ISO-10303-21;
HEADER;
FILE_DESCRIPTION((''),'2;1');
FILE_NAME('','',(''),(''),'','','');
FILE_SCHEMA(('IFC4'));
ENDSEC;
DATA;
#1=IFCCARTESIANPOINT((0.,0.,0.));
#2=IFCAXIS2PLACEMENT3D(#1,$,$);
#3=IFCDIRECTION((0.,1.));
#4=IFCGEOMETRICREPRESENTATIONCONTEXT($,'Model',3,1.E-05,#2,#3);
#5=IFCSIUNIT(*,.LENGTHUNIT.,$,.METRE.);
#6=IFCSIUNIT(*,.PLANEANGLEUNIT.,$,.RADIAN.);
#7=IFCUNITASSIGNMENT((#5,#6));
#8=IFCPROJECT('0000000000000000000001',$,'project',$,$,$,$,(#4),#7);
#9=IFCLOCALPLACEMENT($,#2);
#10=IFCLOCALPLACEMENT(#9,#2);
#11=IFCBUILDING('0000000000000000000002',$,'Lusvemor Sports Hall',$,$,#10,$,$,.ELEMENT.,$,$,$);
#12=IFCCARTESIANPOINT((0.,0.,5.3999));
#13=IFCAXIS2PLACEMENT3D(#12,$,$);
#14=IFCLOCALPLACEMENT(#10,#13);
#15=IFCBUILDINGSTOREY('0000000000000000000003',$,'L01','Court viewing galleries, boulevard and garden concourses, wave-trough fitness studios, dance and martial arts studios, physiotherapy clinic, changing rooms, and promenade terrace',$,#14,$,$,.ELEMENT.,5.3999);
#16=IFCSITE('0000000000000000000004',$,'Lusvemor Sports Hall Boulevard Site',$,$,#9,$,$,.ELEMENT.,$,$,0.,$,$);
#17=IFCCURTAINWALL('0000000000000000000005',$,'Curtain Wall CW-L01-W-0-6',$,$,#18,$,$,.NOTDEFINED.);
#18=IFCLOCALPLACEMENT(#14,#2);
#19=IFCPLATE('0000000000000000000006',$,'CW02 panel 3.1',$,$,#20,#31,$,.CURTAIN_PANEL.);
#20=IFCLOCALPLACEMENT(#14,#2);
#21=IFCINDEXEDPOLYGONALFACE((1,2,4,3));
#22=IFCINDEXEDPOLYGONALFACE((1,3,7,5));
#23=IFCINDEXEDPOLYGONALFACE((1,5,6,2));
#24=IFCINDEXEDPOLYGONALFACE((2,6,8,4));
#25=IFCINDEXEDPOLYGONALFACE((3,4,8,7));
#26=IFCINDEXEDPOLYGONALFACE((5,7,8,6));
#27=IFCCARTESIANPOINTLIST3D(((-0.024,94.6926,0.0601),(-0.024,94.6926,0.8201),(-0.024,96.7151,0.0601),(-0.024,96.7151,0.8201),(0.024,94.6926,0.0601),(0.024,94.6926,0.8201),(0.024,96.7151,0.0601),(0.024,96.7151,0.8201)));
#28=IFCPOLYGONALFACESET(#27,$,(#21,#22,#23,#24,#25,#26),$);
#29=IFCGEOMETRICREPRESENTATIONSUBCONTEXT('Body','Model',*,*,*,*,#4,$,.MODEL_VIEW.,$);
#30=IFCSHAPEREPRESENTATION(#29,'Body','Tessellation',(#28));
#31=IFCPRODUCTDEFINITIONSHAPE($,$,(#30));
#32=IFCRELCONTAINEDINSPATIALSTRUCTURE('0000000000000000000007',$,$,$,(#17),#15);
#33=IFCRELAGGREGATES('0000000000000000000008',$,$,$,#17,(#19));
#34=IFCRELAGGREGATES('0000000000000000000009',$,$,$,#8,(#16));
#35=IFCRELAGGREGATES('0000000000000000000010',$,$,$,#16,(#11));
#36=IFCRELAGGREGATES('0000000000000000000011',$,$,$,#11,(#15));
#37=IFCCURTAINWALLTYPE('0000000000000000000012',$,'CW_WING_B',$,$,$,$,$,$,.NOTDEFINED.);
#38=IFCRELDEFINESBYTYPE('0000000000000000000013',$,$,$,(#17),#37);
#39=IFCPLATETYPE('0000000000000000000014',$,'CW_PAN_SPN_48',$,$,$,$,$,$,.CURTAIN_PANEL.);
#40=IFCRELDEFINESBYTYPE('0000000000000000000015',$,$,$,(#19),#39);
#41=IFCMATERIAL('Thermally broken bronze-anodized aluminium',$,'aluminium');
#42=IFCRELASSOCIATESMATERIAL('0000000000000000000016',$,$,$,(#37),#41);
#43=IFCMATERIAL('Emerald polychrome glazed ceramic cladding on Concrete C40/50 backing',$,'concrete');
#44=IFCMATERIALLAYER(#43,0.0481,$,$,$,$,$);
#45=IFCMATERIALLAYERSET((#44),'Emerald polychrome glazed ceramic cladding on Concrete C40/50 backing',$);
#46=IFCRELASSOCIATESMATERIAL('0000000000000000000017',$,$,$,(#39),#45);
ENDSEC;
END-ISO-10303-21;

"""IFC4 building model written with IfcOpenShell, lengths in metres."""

from ifc_helpers import new_model, si_unit, direction, frame, origin, origin_2d, place, context, subcontext, project, spatial, rectangle, extrude, material, layer, layer_set, type_object, element, aggregate, save


model = new_model("IFC4")

# Units and contexts
model_context = context("Model", 3, precision=1e-05, world=origin(), true_north=direction((0.0, 1.0)))
body_context = subcontext(model_context, "Body", "Model", "MODEL_VIEW")
ifc_project = project(units=[si_unit("LENGTHUNIT", "METRE"), si_unit("PLANEANGLEUNIT", "RADIAN")], contexts=[model_context])

# Site, building, storey
site_placement = place(None, origin())
site = spatial("IfcSite", under=ifc_project, at=site_placement, Name="Lusvemor Sports Hall Boulevard Site", CompositionType="ELEMENT", RefElevation=0.0)
building_placement = place(site_placement, origin())
building = spatial("IfcBuilding", under=site, at=building_placement, Name="Lusvemor Sports Hall", CompositionType="ELEMENT")
storey_placement = place(building_placement, frame((0.0, 0.0, 5.3999)))
storey = spatial("IfcBuildingStorey", under=building, at=storey_placement, Name="L01", Description="Court viewing galleries, boulevard and garden concourses, wave-trough fitness studios, dance and martial arts studios, physiotherapy clinic, changing rooms, and promenade terrace", CompositionType="ELEMENT", Elevation=5.3999)

# Curtain wall
ifc_material_1 = material(Name="Thermally broken bronze-anodized aluminium", Category="aluminium")
curtain_wall_type = type_object("IfcCurtainWallType", Name="CW_WING_B", PredefinedType="NOTDEFINED", material=ifc_material_1)
curtain_wall_placement = place(storey_placement, origin())
curtain_wall = element("IfcCurtainWall", 1, at=curtain_wall_placement, inside=storey, type_object=curtain_wall_type, Name="Curtain Wall CW-L01-W-0-6", PredefinedType="NOTDEFINED")

# Plate
ifc_material_2 = material(Name="Emerald polychrome glazed ceramic cladding on Concrete C40/50 backing", Category="concrete")
ifc_layer_1 = layer(ifc_material_2, 0.0481)
ifc_layer_set_1 = layer_set([ifc_layer_1], Name="Emerald polychrome glazed ceramic cladding on Concrete C40/50 backing")
plate_type_1 = type_object("IfcPlateType", Name="CW_PAN_SPN_48", PredefinedType="CURTAIN_PANEL", material=ifc_layer_set_1)
plate_1_placement = place(storey_placement, frame((0.0, 95.7039, 0.0601), z_axis=(0.0, 0.0, 1.0), x_axis=(0.0, 1.0, 0.0)))
plate_1 = element("IfcPlate", 2, at=plate_1_placement, type_object=plate_type_1, Name="CW02 panel 3.1", PredefinedType="CURTAIN_PANEL", context=body_context, shape_type="SweptSolid", body=[
    extrude(rectangle(XDim=2.0225, YDim=0.0481, at=origin_2d()), origin(), (0.0, 0.0, 1.0), 0.76),
])
aggregate(curtain_wall, [plate_1])

save(model, "model.ifc")
